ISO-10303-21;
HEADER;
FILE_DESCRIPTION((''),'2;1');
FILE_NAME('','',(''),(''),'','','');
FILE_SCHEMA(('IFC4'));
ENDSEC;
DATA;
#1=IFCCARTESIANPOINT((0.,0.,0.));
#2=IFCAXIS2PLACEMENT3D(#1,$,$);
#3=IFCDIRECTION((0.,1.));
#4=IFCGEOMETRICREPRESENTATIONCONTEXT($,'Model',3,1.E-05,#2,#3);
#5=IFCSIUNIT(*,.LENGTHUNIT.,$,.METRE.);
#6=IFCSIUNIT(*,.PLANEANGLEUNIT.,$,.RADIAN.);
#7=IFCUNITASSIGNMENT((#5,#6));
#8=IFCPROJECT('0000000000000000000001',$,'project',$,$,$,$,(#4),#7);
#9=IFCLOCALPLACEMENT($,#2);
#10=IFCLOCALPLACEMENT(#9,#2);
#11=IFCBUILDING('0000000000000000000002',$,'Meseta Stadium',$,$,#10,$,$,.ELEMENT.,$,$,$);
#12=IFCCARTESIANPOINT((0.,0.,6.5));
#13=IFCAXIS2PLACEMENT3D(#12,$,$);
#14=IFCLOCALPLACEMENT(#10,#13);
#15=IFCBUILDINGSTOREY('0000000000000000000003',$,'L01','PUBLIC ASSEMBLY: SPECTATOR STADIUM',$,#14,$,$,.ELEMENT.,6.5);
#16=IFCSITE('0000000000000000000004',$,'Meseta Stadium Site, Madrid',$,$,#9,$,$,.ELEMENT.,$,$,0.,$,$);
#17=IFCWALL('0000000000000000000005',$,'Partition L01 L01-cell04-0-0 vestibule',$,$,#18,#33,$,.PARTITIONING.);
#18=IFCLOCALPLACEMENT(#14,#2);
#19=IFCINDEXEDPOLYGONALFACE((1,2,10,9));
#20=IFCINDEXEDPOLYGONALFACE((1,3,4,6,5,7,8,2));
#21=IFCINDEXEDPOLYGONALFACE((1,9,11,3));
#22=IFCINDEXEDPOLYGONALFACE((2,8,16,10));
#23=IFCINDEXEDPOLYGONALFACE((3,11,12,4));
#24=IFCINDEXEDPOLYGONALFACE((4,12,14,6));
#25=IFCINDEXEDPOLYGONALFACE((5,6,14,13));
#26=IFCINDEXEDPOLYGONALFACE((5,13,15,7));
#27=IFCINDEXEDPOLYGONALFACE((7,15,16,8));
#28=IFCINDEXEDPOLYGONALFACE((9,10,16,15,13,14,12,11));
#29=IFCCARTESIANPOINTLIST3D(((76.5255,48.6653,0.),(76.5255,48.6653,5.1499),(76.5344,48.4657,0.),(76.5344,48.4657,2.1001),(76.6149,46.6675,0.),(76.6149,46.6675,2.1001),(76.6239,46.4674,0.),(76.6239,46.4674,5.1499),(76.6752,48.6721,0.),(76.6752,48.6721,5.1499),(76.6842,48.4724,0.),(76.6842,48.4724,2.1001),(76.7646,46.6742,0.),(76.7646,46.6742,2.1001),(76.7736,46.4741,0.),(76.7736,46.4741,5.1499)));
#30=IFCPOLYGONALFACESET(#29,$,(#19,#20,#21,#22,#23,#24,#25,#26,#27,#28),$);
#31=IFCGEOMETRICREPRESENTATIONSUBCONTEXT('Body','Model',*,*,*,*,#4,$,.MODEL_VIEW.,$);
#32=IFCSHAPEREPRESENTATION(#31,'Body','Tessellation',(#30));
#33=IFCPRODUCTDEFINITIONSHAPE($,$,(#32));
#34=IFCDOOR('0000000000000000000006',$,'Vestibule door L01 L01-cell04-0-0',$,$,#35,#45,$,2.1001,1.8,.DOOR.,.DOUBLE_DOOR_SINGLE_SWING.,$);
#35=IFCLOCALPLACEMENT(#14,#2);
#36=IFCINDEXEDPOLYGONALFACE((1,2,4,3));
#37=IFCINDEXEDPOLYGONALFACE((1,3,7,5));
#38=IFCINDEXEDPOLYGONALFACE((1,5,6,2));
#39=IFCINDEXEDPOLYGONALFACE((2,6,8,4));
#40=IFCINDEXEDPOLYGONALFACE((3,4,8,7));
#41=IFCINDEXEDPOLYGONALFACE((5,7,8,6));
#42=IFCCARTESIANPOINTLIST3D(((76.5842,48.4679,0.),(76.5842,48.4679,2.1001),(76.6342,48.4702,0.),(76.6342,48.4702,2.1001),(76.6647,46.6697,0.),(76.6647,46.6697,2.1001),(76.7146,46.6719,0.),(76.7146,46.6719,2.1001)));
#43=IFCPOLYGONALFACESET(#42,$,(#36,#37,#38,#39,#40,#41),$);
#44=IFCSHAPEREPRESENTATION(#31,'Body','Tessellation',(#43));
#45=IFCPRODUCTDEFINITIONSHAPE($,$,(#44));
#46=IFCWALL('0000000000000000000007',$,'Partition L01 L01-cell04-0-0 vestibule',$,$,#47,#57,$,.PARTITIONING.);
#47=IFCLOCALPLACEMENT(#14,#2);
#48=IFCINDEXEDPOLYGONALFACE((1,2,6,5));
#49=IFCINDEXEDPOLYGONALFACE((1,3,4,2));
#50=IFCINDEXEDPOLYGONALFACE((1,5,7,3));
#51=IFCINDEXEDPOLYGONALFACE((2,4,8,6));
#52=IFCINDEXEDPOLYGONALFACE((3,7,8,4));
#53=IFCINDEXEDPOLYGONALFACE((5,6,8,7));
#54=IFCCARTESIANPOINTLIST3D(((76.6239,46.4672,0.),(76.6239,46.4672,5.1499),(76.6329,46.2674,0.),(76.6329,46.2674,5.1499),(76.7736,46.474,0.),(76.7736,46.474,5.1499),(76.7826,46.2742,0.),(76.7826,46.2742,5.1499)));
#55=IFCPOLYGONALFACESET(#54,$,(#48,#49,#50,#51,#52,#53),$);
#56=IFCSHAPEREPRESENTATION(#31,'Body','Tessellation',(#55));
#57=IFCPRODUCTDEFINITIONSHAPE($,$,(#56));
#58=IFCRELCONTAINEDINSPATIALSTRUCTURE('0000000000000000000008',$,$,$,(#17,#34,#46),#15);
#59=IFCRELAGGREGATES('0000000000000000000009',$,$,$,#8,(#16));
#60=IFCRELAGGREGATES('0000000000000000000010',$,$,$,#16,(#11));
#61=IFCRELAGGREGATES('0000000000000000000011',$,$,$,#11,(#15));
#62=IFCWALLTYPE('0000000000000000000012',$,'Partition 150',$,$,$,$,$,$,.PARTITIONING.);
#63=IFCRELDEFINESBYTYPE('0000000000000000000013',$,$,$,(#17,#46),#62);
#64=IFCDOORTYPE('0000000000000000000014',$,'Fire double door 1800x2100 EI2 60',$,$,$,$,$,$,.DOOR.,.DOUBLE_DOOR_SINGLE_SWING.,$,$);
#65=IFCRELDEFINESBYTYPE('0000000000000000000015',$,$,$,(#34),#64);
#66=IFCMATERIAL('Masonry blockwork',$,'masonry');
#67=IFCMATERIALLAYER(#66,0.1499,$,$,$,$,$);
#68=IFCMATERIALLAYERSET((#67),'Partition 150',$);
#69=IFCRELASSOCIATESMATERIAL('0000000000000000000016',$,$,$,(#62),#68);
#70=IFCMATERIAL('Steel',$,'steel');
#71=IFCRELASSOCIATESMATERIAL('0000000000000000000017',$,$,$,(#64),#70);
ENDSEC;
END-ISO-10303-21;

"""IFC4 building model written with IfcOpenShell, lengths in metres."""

from ifc_helpers import new_model, si_unit, direction, frame, frame_2d, origin, place, context, subcontext, project, spatial, rectangle, extrude, material, layer, layer_set, type_object, element, fill, save


model = new_model("IFC4")

# Units and contexts
model_context = context("Model", 3, precision=1e-05, world=origin(), true_north=direction((0.0, 1.0)))
body_context = subcontext(model_context, "Body", "Model", "MODEL_VIEW")
ifc_project = project(units=[si_unit("LENGTHUNIT", "METRE"), si_unit("PLANEANGLEUNIT", "RADIAN")], contexts=[model_context])

# Site, building, storey
site_placement = place(None, origin())
site = spatial("IfcSite", under=ifc_project, at=site_placement, Name="Meseta Stadium Site, Madrid", CompositionType="ELEMENT", RefElevation=0.0)
building_placement = place(site_placement, origin())
building = spatial("IfcBuilding", under=site, at=building_placement, Name="Meseta Stadium", CompositionType="ELEMENT")
storey_placement = place(building_placement, frame((0.0, 0.0, 6.5)))
storey = spatial("IfcBuildingStorey", under=building, at=storey_placement, Name="L01", Description="PUBLIC ASSEMBLY: SPECTATOR STADIUM", CompositionType="ELEMENT", Elevation=6.5)

# Shared definitions
ifc_material_1 = material(Name="Masonry blockwork", Category="masonry")
ifc_layer_1 = layer(ifc_material_1, 0.1499)
ifc_layer_set_1 = layer_set([ifc_layer_1], Name="Partition 150")
wall_type = type_object("IfcWallType", Name="Partition 150", PredefinedType="PARTITIONING", material=ifc_layer_set_1)

# Shared definitions
ifc_material_2 = material(Name="Steel", Category="steel")
door_type = type_object("IfcDoorType", Name="Fire double door 1800x2100 EI2 60", OperationType="DOUBLE_DOOR_SINGLE_SWING", PredefinedType="DOOR", material=ifc_material_2)

# Wall, opening, door
wall_1_placement = place(storey_placement, frame((76.6003, 48.6687, 0.0), z_axis=(0.0, 0.0, 1.0), x_axis=(0.044718, -0.999, 0.0)))
wall_1 = element("IfcWall", 1, at=wall_1_placement, inside=storey, type_object=wall_type, Name="Partition L01 L01-cell04-0-0 vestibule", PredefinedType="PARTITIONING", context=body_context, shape_type="SweptSolid", body=[
    extrude(rectangle(XDim=2.2002, YDim=0.1499, at=frame_2d((1.1001, 0.0))), origin(), (0.0, 0.0, 1.0), 5.1499),
])
opening_1_placement = place(wall_1_placement, frame((0.2, 0.0, 0.0)))
opening_1 = element("IfcOpeningElement", 2, at=opening_1_placement, cuts=wall_1, PredefinedType="OPENING", context=body_context, shape_type="SweptSolid", body=[
    extrude(rectangle(XDim=1.8, YDim=2.1001, at=frame_2d((0.8999, 1.05))), frame((0.0, 0.085, 0.0), z_axis=(0.0, -1.0, 0.0), x_axis=(1.0, 0.0, 0.0)), (0.0, 0.0, 1.0), 0.1699),
])
door_1_placement = place(opening_1_placement, origin())
door_1 = element("IfcDoor", 3, at=door_1_placement, inside=storey, type_object=door_type, Name="Vestibule door L01 L01-cell04-0-0", OperationType="DOUBLE_DOOR_SINGLE_SWING", OverallHeight=2.1001, OverallWidth=1.8, PredefinedType="DOOR", context=body_context, shape_type="SweptSolid", body=[
    extrude(rectangle(XDim=1.8, YDim=2.1001, at=frame_2d((0.8999, 1.05))), frame((0.0, 0.0249, 0.0), z_axis=(0.0, -1.0, 0.0), x_axis=(1.0, 0.0, 0.0)), (0.0, 0.0, 1.0), 0.05),
])
fill(opening_1, door_1)

# Wall
wall_2_placement = place(storey_placement, frame((76.6987, 46.4707, 0.0), z_axis=(0.0, 0.0, 1.0), x_axis=(0.045186, -0.998979, 0.0)))
element("IfcWall", 4, at=wall_2_placement, inside=storey, type_object=wall_type, Name="Partition L01 L01-cell04-0-0 vestibule", PredefinedType="PARTITIONING", context=body_context, shape_type="SweptSolid", body=[
    extrude(rectangle(XDim=0.2, YDim=0.1499, at=frame_2d((0.1001, 0.0))), origin(), (0.0, 0.0, 1.0), 5.1499),
])

save(model, "model.ifc")
